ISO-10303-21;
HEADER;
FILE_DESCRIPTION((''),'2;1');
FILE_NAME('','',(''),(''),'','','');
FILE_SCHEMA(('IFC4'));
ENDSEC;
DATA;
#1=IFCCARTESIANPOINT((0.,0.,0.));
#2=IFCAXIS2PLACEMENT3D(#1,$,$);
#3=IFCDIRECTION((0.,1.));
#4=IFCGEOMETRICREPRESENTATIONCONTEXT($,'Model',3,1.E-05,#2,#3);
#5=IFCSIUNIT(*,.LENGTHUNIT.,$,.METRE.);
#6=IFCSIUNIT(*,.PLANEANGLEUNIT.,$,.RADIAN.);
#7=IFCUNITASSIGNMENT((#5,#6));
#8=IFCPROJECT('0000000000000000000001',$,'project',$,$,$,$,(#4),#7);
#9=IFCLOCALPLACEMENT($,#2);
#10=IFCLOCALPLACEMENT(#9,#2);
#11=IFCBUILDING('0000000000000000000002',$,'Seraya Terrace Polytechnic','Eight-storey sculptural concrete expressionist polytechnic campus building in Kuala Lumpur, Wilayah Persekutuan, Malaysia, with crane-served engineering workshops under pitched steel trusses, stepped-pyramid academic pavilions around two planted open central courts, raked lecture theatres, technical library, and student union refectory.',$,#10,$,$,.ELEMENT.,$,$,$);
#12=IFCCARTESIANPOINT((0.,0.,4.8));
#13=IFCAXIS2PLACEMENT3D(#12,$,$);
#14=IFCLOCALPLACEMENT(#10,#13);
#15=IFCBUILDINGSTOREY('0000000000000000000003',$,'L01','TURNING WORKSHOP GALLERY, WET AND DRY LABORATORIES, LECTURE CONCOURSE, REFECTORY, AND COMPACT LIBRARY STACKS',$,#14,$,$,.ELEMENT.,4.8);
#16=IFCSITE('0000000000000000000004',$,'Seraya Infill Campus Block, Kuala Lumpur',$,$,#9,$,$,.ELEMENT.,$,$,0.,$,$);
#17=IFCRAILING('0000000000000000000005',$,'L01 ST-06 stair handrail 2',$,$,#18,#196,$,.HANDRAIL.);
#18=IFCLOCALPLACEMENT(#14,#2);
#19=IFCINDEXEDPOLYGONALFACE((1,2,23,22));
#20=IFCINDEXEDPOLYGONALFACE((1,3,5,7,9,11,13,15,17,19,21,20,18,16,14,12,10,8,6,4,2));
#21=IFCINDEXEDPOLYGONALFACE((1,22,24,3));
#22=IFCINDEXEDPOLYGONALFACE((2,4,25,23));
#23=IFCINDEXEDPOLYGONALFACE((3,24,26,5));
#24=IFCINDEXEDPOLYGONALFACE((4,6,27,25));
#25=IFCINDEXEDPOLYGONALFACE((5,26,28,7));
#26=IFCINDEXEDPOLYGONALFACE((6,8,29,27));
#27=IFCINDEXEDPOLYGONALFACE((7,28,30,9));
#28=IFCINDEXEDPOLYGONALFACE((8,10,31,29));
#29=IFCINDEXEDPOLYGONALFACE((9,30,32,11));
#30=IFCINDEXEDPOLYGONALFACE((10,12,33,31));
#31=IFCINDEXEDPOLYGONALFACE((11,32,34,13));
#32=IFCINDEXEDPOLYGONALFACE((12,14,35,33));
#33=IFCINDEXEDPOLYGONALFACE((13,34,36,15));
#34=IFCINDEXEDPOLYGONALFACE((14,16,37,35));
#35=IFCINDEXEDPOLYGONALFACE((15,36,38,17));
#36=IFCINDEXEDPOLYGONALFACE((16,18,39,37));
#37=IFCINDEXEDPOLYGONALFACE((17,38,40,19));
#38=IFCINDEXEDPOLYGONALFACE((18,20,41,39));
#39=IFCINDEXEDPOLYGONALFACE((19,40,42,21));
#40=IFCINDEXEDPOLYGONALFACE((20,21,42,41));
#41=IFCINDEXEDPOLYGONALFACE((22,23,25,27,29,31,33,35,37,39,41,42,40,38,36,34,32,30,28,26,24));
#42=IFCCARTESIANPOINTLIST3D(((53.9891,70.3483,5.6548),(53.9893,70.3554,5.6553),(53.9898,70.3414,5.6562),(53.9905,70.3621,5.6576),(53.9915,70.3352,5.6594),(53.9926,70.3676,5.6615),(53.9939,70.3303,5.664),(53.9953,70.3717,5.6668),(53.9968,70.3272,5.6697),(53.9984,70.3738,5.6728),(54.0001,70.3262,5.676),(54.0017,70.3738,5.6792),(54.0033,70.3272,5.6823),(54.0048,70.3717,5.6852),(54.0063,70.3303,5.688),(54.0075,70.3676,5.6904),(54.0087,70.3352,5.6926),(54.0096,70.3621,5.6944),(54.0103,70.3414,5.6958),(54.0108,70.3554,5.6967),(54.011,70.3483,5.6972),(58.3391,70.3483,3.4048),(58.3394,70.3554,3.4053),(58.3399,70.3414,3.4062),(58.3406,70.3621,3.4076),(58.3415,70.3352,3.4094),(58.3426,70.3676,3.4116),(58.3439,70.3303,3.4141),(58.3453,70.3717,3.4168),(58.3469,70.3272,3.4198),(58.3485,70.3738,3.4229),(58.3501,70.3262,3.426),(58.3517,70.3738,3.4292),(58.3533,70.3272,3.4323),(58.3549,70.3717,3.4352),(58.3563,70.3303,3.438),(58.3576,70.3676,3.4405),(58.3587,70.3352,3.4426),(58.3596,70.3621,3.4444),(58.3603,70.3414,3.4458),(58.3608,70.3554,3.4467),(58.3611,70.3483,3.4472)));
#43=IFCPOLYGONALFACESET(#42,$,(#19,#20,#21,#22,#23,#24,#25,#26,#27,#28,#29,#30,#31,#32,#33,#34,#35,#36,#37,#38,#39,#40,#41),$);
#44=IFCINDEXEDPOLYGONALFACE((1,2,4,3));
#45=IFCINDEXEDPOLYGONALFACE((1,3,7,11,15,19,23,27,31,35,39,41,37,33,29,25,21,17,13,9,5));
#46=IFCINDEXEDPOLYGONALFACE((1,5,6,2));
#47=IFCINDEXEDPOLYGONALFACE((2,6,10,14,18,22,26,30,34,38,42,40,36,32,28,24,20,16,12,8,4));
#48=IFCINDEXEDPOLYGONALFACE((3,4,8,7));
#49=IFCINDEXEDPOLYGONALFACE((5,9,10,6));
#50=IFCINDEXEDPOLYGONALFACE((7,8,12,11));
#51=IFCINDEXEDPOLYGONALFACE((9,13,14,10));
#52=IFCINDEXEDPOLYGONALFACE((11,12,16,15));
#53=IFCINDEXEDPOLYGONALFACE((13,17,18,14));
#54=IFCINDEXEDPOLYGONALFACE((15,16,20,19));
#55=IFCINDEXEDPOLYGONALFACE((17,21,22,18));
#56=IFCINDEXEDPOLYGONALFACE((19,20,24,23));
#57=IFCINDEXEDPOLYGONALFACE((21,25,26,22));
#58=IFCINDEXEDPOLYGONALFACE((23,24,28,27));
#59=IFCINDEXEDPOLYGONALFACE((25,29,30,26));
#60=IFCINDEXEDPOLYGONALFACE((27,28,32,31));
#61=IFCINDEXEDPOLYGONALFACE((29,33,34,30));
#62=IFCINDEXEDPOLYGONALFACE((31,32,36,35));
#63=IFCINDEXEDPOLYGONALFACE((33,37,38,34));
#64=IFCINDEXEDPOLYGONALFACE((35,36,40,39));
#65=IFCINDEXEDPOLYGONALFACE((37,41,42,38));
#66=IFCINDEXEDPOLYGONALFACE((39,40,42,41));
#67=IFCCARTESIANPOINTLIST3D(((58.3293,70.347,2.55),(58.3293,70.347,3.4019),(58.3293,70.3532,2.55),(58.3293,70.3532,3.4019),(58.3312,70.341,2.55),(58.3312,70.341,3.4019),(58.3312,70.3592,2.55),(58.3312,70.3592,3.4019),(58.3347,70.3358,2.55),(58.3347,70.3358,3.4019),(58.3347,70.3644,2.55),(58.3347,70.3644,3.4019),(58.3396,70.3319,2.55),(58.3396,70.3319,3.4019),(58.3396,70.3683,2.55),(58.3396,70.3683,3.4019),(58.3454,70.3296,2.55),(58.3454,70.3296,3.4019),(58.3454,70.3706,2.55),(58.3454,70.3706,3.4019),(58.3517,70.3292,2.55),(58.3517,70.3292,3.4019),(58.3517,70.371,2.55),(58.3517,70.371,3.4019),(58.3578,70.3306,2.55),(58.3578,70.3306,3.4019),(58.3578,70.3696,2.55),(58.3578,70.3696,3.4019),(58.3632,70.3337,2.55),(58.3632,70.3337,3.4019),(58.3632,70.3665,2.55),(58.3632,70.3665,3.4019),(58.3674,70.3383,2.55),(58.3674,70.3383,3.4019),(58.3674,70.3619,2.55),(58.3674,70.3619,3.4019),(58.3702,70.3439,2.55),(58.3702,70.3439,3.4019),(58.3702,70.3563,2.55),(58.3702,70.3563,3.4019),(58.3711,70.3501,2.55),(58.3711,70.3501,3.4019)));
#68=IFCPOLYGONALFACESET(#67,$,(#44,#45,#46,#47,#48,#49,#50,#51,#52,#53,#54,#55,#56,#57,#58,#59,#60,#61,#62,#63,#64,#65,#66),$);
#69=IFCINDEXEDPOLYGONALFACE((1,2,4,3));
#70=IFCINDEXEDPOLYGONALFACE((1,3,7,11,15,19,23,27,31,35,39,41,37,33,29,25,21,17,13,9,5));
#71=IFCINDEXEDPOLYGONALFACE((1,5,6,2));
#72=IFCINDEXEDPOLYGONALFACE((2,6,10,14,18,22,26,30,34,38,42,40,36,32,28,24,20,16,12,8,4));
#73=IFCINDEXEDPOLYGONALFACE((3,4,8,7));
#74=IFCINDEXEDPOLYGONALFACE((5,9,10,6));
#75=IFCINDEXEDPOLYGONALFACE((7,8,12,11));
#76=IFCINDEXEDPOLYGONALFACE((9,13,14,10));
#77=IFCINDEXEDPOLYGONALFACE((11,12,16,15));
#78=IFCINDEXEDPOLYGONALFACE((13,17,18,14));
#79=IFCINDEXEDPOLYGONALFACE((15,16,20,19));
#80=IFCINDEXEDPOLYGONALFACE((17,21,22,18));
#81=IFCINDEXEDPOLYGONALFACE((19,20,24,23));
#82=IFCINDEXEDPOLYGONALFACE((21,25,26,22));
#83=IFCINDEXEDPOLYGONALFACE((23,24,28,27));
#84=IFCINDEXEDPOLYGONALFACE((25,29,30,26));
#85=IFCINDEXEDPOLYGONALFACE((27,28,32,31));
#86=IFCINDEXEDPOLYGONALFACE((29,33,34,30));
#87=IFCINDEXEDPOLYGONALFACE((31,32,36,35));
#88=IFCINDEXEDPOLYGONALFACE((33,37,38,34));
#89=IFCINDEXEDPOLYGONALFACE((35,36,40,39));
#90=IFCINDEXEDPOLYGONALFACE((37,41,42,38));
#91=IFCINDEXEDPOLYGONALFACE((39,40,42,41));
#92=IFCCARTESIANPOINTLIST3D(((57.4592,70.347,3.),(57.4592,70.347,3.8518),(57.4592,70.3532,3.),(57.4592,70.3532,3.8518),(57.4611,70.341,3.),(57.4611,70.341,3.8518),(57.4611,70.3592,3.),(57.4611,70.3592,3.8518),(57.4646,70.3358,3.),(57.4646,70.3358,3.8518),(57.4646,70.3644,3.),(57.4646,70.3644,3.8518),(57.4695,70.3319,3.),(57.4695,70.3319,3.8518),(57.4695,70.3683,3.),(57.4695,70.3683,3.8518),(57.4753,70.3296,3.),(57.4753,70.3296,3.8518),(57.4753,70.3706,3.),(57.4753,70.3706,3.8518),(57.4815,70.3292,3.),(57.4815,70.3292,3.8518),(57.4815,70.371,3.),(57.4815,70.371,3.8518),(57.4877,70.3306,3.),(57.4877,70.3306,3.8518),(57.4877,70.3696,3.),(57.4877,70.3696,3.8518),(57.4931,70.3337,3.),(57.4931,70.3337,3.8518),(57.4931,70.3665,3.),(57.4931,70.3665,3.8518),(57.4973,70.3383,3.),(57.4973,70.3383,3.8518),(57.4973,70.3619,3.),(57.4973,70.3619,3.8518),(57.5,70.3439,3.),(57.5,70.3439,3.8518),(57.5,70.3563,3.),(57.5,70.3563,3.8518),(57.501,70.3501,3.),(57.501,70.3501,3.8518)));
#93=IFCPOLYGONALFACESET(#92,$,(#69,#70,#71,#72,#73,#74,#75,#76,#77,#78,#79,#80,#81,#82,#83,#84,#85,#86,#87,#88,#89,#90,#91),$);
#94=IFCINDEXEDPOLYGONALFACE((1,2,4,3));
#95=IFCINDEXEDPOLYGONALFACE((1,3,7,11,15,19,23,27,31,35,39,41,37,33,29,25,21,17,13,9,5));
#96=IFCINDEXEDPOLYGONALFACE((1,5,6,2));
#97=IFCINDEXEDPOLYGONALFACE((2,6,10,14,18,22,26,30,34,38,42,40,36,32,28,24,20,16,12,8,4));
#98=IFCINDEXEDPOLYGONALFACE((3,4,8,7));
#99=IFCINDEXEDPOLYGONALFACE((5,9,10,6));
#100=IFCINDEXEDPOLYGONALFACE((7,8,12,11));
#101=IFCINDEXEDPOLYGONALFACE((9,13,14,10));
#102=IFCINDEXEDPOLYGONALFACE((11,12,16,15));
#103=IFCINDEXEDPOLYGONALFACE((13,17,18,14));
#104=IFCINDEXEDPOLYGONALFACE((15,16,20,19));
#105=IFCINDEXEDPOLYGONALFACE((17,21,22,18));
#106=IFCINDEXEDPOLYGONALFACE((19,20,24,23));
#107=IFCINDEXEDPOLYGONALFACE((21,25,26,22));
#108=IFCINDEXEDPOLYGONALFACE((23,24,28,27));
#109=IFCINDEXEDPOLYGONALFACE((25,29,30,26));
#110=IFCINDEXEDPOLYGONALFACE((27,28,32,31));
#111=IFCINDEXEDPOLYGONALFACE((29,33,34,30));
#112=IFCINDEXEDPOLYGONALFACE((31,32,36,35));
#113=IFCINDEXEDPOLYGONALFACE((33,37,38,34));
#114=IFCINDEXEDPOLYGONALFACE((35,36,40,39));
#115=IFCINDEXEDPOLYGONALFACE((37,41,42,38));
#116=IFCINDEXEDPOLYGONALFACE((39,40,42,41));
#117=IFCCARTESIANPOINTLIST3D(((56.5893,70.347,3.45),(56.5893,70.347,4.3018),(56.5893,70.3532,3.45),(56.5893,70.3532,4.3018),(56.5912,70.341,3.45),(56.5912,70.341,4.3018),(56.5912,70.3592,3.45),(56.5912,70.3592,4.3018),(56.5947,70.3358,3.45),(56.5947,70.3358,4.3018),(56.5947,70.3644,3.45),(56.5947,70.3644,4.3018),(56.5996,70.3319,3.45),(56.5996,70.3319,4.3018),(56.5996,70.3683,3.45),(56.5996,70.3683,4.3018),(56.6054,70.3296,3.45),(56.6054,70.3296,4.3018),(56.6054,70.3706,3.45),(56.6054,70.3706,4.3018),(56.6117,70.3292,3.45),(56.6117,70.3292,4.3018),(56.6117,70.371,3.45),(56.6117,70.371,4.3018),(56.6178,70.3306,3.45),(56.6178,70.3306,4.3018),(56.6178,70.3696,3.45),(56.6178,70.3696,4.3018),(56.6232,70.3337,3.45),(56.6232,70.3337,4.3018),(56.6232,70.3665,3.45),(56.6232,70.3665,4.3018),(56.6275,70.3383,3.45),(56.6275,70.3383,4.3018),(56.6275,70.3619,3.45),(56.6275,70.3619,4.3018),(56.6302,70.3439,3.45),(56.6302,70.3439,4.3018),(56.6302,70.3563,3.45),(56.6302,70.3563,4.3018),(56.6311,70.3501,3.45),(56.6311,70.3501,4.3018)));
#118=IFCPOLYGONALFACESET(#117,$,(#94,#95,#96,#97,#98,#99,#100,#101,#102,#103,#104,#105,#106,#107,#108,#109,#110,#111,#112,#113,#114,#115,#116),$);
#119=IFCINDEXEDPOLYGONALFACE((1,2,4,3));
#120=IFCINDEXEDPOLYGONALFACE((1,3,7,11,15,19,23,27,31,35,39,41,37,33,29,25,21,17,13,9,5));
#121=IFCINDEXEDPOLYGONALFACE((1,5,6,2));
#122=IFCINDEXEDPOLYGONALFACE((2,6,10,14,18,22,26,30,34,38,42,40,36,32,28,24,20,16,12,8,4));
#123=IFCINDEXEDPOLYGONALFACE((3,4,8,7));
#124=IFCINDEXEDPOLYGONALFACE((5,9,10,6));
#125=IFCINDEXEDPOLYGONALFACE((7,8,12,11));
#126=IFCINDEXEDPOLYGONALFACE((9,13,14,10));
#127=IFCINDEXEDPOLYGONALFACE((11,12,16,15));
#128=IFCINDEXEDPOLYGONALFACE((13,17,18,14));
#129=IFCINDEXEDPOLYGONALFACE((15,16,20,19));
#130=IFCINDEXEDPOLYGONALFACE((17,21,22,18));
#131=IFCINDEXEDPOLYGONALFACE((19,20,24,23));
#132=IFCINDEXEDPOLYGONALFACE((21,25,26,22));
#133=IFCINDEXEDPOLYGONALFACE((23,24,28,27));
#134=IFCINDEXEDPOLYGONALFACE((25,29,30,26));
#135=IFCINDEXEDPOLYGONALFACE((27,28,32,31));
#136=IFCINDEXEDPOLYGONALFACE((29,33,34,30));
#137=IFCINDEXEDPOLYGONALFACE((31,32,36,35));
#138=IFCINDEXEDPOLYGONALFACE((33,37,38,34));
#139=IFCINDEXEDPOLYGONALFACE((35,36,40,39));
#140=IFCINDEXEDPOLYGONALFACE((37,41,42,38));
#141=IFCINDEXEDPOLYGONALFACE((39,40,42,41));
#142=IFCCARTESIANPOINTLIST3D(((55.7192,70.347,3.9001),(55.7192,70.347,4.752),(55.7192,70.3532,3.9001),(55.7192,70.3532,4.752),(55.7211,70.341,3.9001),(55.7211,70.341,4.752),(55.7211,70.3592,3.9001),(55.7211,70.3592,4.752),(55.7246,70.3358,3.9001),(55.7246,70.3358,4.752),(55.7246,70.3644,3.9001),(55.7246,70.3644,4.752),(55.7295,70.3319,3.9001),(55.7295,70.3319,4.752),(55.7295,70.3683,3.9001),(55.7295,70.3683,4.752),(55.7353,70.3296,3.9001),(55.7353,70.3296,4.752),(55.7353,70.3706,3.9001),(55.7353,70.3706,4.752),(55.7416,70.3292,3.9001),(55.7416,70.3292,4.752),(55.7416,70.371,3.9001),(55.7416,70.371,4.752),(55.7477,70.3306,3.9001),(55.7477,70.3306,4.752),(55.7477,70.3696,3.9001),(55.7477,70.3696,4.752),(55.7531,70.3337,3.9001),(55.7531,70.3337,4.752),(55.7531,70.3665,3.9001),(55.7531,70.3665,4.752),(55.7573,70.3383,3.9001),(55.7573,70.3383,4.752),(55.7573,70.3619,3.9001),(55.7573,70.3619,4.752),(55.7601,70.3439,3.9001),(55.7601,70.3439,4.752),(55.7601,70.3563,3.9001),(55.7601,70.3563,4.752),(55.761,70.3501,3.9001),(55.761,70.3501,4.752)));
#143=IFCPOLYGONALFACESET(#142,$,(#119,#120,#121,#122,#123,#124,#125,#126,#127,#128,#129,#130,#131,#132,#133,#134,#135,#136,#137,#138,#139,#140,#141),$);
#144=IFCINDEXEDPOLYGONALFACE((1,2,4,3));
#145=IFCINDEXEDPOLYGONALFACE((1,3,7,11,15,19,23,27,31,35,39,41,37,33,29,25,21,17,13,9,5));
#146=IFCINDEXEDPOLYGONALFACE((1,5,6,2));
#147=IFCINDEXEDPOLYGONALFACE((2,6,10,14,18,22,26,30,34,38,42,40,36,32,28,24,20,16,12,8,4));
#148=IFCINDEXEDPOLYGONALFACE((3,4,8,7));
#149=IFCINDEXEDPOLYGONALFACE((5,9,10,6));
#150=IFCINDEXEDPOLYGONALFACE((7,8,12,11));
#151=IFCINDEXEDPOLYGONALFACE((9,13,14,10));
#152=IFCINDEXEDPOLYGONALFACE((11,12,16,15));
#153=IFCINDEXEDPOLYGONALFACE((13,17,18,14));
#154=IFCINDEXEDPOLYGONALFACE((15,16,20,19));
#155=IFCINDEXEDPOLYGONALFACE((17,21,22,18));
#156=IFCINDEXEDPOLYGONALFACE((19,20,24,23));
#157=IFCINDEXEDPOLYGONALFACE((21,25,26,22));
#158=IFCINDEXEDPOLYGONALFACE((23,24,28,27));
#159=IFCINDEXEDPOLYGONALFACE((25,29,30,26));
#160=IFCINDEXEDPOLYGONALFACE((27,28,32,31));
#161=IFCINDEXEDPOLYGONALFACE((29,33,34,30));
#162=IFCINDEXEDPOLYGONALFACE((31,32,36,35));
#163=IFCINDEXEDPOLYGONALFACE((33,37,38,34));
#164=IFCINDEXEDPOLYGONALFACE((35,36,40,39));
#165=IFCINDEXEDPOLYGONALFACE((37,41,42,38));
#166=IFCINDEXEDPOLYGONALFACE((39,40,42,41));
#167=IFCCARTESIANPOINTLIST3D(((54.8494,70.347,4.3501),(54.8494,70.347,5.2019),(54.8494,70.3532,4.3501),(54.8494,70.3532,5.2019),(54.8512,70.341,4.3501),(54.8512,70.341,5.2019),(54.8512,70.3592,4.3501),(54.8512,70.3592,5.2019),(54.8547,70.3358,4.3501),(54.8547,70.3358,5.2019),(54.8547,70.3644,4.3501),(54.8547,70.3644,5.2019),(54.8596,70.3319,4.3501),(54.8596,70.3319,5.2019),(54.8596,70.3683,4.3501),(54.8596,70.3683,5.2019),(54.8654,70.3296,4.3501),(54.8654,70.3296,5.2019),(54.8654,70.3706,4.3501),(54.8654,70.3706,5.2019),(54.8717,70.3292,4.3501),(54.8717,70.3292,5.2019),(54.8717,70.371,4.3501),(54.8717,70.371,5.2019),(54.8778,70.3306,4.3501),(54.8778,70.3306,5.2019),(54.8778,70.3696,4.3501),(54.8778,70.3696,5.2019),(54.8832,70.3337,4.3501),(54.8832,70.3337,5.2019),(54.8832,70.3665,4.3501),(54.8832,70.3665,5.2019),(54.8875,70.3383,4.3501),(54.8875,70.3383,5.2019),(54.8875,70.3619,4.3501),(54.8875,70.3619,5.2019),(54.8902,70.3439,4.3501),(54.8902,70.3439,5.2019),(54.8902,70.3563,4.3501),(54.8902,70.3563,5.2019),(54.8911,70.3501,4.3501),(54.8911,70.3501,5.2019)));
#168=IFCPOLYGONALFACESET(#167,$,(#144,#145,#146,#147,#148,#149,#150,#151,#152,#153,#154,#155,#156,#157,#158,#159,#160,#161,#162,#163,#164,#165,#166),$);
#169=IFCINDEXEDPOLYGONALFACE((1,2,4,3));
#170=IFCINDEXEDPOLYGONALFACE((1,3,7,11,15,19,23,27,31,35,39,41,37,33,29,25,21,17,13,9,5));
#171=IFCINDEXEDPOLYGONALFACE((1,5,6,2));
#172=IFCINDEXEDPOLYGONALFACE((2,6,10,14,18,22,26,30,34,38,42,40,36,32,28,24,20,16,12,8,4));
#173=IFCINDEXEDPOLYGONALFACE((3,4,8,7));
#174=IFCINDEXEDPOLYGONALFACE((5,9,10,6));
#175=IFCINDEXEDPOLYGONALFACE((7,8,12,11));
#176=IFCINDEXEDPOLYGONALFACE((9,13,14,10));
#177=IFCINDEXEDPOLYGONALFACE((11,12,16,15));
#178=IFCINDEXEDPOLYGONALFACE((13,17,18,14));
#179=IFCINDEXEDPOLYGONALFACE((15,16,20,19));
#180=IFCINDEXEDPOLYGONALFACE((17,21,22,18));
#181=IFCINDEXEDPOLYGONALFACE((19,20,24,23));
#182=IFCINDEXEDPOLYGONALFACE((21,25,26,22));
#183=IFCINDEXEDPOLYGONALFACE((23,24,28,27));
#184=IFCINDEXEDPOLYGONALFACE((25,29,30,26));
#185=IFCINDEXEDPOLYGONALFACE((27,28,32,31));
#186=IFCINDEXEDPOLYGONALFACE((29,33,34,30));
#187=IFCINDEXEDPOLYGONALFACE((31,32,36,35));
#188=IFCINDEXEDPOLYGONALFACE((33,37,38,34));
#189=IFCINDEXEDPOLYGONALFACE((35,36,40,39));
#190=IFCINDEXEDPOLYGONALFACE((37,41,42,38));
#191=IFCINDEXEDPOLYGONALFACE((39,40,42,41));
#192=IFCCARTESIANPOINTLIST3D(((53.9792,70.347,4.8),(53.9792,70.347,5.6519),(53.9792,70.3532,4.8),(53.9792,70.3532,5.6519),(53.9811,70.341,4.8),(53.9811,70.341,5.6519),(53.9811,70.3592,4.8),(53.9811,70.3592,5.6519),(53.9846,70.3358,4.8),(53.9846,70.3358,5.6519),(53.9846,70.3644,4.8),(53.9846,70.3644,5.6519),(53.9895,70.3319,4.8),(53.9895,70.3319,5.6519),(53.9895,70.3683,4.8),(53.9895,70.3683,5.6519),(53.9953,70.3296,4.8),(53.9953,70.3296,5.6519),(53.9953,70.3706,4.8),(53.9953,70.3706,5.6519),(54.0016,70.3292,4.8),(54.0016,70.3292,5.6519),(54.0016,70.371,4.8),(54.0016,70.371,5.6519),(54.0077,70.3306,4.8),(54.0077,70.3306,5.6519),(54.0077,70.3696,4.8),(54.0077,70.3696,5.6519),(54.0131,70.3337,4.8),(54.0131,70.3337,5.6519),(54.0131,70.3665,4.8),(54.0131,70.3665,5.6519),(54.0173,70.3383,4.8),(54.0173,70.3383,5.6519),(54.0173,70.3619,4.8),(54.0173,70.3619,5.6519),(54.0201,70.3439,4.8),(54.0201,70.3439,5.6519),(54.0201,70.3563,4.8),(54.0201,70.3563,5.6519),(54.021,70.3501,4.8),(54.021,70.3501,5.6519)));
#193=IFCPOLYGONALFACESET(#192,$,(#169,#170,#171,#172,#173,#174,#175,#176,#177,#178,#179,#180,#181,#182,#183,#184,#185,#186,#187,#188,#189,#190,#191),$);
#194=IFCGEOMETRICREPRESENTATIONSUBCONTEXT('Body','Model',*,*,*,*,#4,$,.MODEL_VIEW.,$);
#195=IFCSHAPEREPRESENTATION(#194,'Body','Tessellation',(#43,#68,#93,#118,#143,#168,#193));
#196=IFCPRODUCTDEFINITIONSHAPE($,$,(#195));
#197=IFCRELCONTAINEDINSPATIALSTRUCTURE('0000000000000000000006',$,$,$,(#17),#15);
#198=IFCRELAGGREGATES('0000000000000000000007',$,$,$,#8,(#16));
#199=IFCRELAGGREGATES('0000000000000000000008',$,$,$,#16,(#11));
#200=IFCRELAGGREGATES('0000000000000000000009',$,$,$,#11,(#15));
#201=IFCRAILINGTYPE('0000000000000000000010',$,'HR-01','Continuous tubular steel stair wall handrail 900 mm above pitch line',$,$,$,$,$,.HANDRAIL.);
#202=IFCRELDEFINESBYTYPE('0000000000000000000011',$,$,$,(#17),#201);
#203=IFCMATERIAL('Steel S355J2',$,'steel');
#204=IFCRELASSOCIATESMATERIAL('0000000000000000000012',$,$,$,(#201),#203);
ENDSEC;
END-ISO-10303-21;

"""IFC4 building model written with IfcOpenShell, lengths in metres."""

from ifc_helpers import new_model, si_unit, direction, frame, origin, origin_2d, place, context, subcontext, project, spatial, circle, extrude, material, type_object, element, save


model = new_model("IFC4")

# Units and contexts
model_context = context("Model", 3, precision=1e-05, world=origin(), true_north=direction((0.0, 1.0)))
body_context = subcontext(model_context, "Body", "Model", "MODEL_VIEW")
ifc_project = project(units=[si_unit("LENGTHUNIT", "METRE"), si_unit("PLANEANGLEUNIT", "RADIAN")], contexts=[model_context])

# Site, building, storey
site_placement = place(None, origin())
site = spatial("IfcSite", under=ifc_project, at=site_placement, Name="Seraya Infill Campus Block, Kuala Lumpur", CompositionType="ELEMENT", RefElevation=0.0)
building_placement = place(site_placement, origin())
building = spatial("IfcBuilding", under=site, at=building_placement, Name="Seraya Terrace Polytechnic", Description="Eight-storey sculptural concrete expressionist polytechnic campus building in Kuala Lumpur, Wilayah Persekutuan, Malaysia, with crane-served engineering workshops under pitched steel trusses, stepped-pyramid academic pavilions around two planted open central courts, raked lecture theatres, technical library, and student union refectory.", CompositionType="ELEMENT")
storey_placement = place(building_placement, frame((0.0, 0.0, 4.8)))
storey = spatial("IfcBuildingStorey", under=building, at=storey_placement, Name="L01", Description="TURNING WORKSHOP GALLERY, WET AND DRY LABORATORIES, LECTURE CONCOURSE, REFECTORY, AND COMPACT LIBRARY STACKS", CompositionType="ELEMENT", Elevation=4.8)

# Shared definitions
ifc_material_1 = material(Name="Steel S355J2", Category="steel")

# Railing
railing_type_1 = type_object("IfcRailingType", Name="HR-01", Description="Continuous tubular steel stair wall handrail 900 mm above pitch line", PredefinedType="HANDRAIL", material=ifc_material_1)
railing_1_placement = place(storey_placement, frame((58.3501, 70.3501, 2.55)))
element("IfcRailing", 1, at=railing_1_placement, inside=storey, type_object=railing_type_1, Name="L01 ST-06 stair handrail 2", PredefinedType="HANDRAIL", context=body_context, shape_type="SweptSolid", body=[
    extrude(circle(Radius=0.0239, at=origin_2d()), frame((0.0, 0.0, 0.876), z_axis=(-0.888222, 0.0, 0.459415), x_axis=(0.0, -1.0, 0.0)), (0.0, 0.0, 1.0), 4.8975),
    extrude(circle(Radius=0.021, at=origin_2d()), origin(), (0.0, 0.0, 1.0), 0.8518),
    extrude(circle(Radius=0.021, at=origin_2d()), frame((-0.8701, 0.0, 0.45)), (0.0, 0.0, 1.0), 0.8518),
    extrude(circle(Radius=0.021, at=origin_2d()), frame((-1.74, 0.0, 0.8999)), (0.0, 0.0, 1.0), 0.8518),
    extrude(circle(Radius=0.021, at=origin_2d()), frame((-2.6101, 0.0, 1.3501)), (0.0, 0.0, 1.0), 0.8518),
    extrude(circle(Radius=0.021, at=origin_2d()), frame((-3.48, 0.0, 1.8)), (0.0, 0.0, 1.0), 0.8518),
    extrude(circle(Radius=0.021, at=origin_2d()), frame((-4.3501, 0.0, 2.25)), (0.0, 0.0, 1.0), 0.8518),
])

save(model, "model.ifc")
